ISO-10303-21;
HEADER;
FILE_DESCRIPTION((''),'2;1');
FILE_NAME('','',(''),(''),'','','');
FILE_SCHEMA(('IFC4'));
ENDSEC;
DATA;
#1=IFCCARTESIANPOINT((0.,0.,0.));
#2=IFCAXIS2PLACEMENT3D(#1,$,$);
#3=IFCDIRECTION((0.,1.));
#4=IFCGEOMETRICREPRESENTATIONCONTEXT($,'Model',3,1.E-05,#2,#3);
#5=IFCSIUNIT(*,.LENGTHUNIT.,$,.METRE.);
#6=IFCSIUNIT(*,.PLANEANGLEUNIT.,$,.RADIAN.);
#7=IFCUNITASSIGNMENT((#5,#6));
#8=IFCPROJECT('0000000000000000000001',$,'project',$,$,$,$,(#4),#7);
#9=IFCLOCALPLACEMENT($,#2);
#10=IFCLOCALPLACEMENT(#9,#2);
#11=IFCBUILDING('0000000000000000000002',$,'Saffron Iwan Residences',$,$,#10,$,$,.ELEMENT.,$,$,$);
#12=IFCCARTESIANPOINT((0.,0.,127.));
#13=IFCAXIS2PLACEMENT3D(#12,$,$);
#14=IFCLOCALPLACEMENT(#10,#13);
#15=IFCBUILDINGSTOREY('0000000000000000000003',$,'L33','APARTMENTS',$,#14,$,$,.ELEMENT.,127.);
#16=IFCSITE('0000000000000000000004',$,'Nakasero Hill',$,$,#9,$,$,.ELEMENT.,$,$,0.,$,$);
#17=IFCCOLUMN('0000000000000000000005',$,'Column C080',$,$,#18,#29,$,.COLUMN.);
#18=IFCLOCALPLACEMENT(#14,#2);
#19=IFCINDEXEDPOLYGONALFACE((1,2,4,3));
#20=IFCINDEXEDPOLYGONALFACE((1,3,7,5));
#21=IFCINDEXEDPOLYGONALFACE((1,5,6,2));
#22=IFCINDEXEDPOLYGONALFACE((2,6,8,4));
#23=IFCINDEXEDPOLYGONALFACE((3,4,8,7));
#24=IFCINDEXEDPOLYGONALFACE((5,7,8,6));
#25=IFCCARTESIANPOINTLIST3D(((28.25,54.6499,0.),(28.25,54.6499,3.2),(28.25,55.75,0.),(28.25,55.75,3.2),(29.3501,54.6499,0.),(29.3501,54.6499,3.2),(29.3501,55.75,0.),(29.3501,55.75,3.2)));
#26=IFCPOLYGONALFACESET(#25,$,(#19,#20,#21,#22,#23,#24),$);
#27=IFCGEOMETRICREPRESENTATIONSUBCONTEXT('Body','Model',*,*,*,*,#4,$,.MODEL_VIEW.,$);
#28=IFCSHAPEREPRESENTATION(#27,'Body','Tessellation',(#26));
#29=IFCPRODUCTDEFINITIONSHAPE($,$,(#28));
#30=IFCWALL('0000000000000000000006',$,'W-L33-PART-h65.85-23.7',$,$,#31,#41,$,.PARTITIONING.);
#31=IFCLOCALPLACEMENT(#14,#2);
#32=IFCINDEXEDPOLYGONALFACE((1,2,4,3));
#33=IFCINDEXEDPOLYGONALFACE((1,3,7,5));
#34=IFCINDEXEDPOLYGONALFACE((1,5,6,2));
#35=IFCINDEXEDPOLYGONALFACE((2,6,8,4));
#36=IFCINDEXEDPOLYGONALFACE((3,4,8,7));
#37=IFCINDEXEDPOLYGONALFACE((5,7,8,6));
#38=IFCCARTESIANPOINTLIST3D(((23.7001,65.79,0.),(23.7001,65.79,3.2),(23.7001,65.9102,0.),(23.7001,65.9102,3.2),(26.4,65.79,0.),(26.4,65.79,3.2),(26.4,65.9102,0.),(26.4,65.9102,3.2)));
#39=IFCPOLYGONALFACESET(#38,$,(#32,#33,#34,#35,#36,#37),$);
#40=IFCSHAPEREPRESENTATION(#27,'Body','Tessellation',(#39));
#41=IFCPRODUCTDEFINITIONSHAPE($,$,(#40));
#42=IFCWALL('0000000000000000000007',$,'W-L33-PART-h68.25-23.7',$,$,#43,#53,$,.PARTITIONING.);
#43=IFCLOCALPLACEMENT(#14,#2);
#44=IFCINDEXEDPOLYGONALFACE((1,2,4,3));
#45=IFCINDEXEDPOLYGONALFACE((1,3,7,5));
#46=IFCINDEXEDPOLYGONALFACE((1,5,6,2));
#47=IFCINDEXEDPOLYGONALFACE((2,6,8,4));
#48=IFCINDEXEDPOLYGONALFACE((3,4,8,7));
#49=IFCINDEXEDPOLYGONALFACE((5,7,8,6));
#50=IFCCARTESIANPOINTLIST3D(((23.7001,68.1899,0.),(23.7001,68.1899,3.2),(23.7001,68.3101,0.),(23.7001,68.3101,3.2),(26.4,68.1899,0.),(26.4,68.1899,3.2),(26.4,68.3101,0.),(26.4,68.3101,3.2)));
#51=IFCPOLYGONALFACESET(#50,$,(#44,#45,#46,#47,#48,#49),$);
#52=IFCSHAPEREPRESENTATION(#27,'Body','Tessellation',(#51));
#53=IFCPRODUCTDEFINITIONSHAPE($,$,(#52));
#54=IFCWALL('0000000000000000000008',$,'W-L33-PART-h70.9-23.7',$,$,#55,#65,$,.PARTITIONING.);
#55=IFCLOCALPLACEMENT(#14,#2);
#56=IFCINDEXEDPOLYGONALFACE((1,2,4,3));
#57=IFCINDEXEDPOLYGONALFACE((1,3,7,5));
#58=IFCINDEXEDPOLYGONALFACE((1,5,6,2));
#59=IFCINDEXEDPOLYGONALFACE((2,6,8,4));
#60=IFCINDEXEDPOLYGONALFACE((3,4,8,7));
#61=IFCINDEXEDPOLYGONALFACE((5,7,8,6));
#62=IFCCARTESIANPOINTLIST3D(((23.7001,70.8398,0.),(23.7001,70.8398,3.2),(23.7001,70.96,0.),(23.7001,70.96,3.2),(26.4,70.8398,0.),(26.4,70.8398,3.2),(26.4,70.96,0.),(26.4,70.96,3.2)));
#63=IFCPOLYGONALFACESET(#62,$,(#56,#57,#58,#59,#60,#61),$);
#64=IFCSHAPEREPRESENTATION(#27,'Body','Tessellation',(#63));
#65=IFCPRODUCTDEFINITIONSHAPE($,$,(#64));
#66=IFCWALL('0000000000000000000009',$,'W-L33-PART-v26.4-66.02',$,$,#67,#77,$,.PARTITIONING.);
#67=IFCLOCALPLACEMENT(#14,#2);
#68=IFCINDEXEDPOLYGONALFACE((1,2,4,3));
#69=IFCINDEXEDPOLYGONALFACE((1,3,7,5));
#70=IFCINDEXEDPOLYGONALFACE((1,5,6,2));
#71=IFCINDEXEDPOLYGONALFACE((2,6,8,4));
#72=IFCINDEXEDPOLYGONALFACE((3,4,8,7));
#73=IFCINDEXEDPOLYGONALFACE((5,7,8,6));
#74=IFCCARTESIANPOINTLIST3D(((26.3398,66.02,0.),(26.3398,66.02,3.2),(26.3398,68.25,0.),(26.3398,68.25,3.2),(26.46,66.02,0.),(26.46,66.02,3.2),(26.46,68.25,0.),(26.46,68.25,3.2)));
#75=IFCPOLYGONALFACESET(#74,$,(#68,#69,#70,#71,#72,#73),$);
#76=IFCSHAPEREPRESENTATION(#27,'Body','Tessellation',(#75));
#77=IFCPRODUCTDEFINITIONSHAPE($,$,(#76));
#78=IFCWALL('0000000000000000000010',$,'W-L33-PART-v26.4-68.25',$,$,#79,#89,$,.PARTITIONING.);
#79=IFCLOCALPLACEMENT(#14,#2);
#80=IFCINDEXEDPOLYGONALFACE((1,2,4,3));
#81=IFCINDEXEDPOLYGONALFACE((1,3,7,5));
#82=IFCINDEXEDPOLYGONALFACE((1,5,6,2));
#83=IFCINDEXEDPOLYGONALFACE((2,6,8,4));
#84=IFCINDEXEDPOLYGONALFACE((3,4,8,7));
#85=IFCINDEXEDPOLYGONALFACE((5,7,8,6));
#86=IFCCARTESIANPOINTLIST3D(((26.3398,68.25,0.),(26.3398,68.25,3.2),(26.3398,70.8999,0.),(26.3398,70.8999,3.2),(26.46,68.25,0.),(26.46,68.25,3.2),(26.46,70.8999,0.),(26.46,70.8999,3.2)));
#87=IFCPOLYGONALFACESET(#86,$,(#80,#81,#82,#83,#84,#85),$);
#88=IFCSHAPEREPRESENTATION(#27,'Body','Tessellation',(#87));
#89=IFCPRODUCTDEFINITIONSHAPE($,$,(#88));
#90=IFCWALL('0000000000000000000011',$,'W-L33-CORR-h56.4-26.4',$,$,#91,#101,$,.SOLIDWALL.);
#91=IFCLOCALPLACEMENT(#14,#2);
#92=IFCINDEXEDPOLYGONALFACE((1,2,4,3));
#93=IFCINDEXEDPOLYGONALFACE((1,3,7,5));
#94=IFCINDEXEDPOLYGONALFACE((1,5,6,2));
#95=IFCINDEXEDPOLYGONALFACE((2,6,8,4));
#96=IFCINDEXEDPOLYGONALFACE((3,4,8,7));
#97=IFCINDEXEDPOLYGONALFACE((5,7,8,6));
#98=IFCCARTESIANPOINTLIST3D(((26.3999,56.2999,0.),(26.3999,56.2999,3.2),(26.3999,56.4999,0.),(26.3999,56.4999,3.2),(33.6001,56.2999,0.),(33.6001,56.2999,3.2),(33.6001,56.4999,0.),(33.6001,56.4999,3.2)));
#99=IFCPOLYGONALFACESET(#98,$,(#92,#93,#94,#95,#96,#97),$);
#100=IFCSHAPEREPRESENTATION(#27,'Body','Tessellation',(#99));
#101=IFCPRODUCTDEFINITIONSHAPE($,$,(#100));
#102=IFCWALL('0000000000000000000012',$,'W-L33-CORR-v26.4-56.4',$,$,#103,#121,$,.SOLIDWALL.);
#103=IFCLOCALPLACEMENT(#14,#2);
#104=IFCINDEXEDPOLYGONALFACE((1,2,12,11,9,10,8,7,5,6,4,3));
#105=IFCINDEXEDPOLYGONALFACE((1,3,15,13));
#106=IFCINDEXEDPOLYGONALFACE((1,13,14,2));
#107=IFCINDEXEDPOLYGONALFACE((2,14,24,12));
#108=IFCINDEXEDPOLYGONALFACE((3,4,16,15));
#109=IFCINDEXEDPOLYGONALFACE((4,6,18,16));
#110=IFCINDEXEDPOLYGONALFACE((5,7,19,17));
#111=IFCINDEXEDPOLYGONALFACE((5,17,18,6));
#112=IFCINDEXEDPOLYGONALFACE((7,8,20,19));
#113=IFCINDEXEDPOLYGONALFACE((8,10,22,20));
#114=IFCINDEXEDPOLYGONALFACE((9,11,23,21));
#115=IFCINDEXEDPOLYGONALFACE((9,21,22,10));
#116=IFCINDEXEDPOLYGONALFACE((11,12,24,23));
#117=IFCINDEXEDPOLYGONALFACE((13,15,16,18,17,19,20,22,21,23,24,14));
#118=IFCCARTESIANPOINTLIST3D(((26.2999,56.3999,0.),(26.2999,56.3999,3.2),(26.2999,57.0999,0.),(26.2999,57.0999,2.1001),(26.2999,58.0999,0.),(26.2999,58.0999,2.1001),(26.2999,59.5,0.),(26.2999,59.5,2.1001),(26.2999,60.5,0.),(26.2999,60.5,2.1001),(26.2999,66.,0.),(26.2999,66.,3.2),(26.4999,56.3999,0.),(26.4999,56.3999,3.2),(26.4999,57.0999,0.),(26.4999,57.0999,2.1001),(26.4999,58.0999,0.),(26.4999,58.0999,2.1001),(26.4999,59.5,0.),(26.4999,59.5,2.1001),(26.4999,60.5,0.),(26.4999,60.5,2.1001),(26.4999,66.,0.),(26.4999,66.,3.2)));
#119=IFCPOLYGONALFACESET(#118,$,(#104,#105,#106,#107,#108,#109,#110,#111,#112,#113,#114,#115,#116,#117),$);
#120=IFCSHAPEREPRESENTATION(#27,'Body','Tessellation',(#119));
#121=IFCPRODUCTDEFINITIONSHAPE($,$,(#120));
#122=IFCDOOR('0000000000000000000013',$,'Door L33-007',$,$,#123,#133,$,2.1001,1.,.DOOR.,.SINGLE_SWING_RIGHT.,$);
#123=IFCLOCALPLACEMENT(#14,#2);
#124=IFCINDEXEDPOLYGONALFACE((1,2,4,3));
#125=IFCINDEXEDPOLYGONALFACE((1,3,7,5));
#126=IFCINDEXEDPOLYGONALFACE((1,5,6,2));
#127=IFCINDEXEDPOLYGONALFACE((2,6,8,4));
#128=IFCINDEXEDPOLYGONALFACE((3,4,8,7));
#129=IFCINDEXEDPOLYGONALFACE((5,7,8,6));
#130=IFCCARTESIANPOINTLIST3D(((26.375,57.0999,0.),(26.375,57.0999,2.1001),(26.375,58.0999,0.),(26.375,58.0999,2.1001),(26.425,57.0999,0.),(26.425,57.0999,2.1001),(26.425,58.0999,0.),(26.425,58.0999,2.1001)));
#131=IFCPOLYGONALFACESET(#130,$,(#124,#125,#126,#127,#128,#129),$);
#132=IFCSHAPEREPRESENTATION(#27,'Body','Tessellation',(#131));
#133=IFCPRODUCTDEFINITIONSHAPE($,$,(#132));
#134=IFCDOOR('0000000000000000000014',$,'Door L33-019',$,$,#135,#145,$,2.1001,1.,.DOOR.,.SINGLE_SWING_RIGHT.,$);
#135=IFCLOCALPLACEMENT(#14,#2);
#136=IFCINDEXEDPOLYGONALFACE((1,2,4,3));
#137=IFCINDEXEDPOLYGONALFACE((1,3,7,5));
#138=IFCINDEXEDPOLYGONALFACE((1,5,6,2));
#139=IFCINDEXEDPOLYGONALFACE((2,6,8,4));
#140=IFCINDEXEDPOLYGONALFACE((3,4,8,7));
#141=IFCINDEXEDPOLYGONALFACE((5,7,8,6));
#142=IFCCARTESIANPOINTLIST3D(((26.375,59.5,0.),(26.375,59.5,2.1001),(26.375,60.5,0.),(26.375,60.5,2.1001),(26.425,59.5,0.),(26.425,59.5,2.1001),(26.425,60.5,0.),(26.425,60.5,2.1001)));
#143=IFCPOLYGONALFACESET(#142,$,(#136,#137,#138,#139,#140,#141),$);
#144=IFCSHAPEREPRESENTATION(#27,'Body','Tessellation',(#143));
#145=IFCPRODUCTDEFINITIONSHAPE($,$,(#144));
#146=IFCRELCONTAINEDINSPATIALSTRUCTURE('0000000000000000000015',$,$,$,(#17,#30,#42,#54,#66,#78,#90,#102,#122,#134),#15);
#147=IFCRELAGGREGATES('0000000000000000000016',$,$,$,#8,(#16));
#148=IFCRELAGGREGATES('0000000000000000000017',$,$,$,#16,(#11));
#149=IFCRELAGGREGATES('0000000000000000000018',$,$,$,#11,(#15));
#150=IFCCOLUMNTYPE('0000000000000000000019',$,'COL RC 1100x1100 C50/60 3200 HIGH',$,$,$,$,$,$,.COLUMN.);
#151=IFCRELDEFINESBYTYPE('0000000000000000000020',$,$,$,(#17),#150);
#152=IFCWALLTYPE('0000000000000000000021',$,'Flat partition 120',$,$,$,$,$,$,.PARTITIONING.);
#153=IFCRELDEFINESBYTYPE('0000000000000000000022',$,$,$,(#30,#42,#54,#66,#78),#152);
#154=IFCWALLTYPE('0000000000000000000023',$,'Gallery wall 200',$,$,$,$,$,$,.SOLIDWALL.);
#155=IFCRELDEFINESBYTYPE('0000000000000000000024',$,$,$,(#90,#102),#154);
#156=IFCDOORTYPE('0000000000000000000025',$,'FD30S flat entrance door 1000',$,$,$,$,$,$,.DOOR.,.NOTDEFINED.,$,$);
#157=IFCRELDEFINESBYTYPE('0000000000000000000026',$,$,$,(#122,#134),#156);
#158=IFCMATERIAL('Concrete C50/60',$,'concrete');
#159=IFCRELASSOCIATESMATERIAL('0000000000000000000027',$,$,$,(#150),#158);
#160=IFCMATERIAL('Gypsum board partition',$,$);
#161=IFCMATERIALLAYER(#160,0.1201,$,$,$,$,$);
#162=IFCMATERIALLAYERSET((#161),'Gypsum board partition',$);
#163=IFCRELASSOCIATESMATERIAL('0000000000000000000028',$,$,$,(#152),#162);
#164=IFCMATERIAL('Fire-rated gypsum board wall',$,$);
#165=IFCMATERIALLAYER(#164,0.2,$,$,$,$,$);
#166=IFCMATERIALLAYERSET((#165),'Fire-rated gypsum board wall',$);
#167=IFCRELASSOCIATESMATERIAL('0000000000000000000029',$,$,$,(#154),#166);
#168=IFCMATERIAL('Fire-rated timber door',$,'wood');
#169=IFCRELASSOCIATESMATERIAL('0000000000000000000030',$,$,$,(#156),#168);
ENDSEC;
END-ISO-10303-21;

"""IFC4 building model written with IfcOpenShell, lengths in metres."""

from ifc_helpers import new_model, si_unit, direction, frame, frame_2d, origin, origin_2d, place, context, subcontext, project, spatial, rectangle, extrude, source, transform, mapped, material, layer, layer_set, material_profile, profile_set, type_object, element, fill, save


model = new_model("IFC4")

# Units and contexts
model_context = context("Model", 3, precision=1e-05, world=origin(), true_north=direction((0.0, 1.0)))
body_context = subcontext(model_context, "Body", "Model", "MODEL_VIEW")
ifc_project = project(units=[si_unit("LENGTHUNIT", "METRE"), si_unit("PLANEANGLEUNIT", "RADIAN")], contexts=[model_context])

# Site, building, storey
site_placement = place(None, origin())
site = spatial("IfcSite", under=ifc_project, at=site_placement, Name="Nakasero Hill", CompositionType="ELEMENT", RefElevation=0.0)
building_placement = place(site_placement, origin())
building = spatial("IfcBuilding", under=site, at=building_placement, Name="Saffron Iwan Residences", CompositionType="ELEMENT")
storey_placement = place(building_placement, frame((0.0, 0.0, 127.0)))
storey = spatial("IfcBuildingStorey", under=building, at=storey_placement, Name="L33", Description="APARTMENTS", CompositionType="ELEMENT", Elevation=127.0)

# Column
ifc_material_1 = material(Name="Concrete C50/60", Category="concrete")
ifc_material_profile = material_profile(ifc_material_1, rectangle(XDim=1.1001, YDim=1.1001, at=origin_2d()), Name="RC 1100x1100")
ifc_profile_set = profile_set([ifc_material_profile], Name="Concrete C50/60")
column_type = type_object("IfcColumnType", Name="COL RC 1100x1100 C50/60 3200 HIGH", PredefinedType="COLUMN", material=ifc_profile_set)
shared_shape = source(origin(), body_context, "Body", "SweptSolid", [
    extrude(rectangle(XDim=1.1001, YDim=1.1001, at=origin_2d()), origin(), (0.0, 0.0, 1.0), 3.2),
])
column_placement = place(storey_placement, frame((28.8, 55.2, 0.0), z_axis=(0.0, 0.0, 1.0), x_axis=(1.0, 0.0, 0.0)))
element("IfcColumn", 1, at=column_placement, inside=storey, type_object=column_type, Name="Column C080", PredefinedType="COLUMN", context=body_context, shape_type="MappedRepresentation", body=[
    mapped(shared_shape, transform((0.0, 0.0, 0.0))),
])

# Walls
ifc_material_2 = material(Name="Gypsum board partition")
ifc_layer_1 = layer(ifc_material_2, 0.1201)
ifc_layer_set_1 = layer_set([ifc_layer_1], Name="Gypsum board partition")
wall_type_1 = type_object("IfcWallType", Name="Flat partition 120", PredefinedType="PARTITIONING", material=ifc_layer_set_1)
for number, where, z_axis, x_axis, name in (
    (2, (23.7, 65.8501, 0.0), (0.0, 0.0, 1.0), (1.0, 0.0, 0.0), "W-L33-PART-h65.85-23.7"),
    (3, (23.7, 68.25, 0.0), (0.0, 0.0, 1.0), (1.0, 0.0, 0.0), "W-L33-PART-h68.25-23.7"),
    (4, (23.7, 70.8999, 0.0), (0.0, 0.0, 1.0), (1.0, 0.0, 0.0), "W-L33-PART-h70.9-23.7"),
):
    element("IfcWall", number, at=place(storey_placement, frame(where, z_axis=z_axis, x_axis=x_axis)), inside=storey, type_object=wall_type_1, Name=name, PredefinedType="PARTITIONING", context=body_context, shape_type="SweptSolid", body=[
        extrude(rectangle(XDim=2.7, YDim=0.1201, at=frame_2d((1.3501, 0.0))), origin(), (0.0, 0.0, 1.0), 3.2),
    ])
wall_1_placement = place(storey_placement, frame((26.3999, 66.02, 0.0), z_axis=(0.0, 0.0, 1.0), x_axis=(0.0, 1.0, 0.0)))
element("IfcWall", 5, at=wall_1_placement, inside=storey, type_object=wall_type_1, Name="W-L33-PART-v26.4-66.02", PredefinedType="PARTITIONING", context=body_context, shape_type="SweptSolid", body=[
    extrude(rectangle(XDim=2.23, YDim=0.1201, at=frame_2d((1.115, 0.0))), origin(), (0.0, 0.0, 1.0), 3.2),
])
wall_2_placement = place(storey_placement, frame((26.3999, 68.25, 0.0), z_axis=(0.0, 0.0, 1.0), x_axis=(0.0, 1.0, 0.0)))
element("IfcWall", 6, at=wall_2_placement, inside=storey, type_object=wall_type_1, Name="W-L33-PART-v26.4-68.25", PredefinedType="PARTITIONING", context=body_context, shape_type="SweptSolid", body=[
    extrude(rectangle(XDim=2.6499, YDim=0.1201, at=frame_2d((1.325, 0.0))), origin(), (0.0, 0.0, 1.0), 3.2),
])
ifc_material_3 = material(Name="Fire-rated gypsum board wall")
ifc_layer_2 = layer(ifc_material_3, 0.2)
ifc_layer_set_2 = layer_set([ifc_layer_2], Name="Fire-rated gypsum board wall")
wall_type_2 = type_object("IfcWallType", Name="Gallery wall 200", PredefinedType="SOLIDWALL", material=ifc_layer_set_2)
wall_3_placement = place(storey_placement, frame((26.3999, 56.3999, 0.0), z_axis=(0.0, 0.0, 1.0), x_axis=(1.0, 0.0, 0.0)))
element("IfcWall", 7, at=wall_3_placement, inside=storey, type_object=wall_type_2, Name="W-L33-CORR-h56.4-26.4", PredefinedType="SOLIDWALL", context=body_context, shape_type="SweptSolid", body=[
    extrude(rectangle(XDim=7.2002, YDim=0.2, at=frame_2d((3.6001, 0.0))), origin(), (0.0, 0.0, 1.0), 3.2),
])

# Wall, openings, doors
wall_4_placement = place(storey_placement, frame((26.3999, 56.3999, 0.0), z_axis=(0.0, 0.0, 1.0), x_axis=(0.0, 1.0, 0.0)))
wall_4 = element("IfcWall", 8, at=wall_4_placement, inside=storey, type_object=wall_type_2, Name="W-L33-CORR-v26.4-56.4", PredefinedType="SOLIDWALL", context=body_context, shape_type="SweptSolid", body=[
    extrude(rectangle(XDim=9.6001, YDim=0.2, at=frame_2d((4.8, 0.0))), origin(), (0.0, 0.0, 1.0), 3.2),
])
opening_1_placement = place(wall_4_placement, frame((0.7, 0.0, 0.0)))
opening_1 = element("IfcOpeningElement", 9, at=opening_1_placement, cuts=wall_4, PredefinedType="OPENING", context=body_context, shape_type="SweptSolid", body=[
    extrude(rectangle(XDim=1.0, YDim=2.1001, at=frame_2d((0.5, 1.05))), frame((0.0, 0.1099, 0.0), z_axis=(0.0, -1.0, 0.0), x_axis=(1.0, 0.0, 0.0)), (0.0, 0.0, 1.0), 0.22),
])
opening_2_placement = place(wall_4_placement, frame((3.1001, 0.0, 0.0)))
opening_2 = element("IfcOpeningElement", 10, at=opening_2_placement, cuts=wall_4, PredefinedType="OPENING", context=body_context, shape_type="SweptSolid", body=[
    extrude(rectangle(XDim=1.0, YDim=2.1001, at=frame_2d((0.5, 1.05))), frame((0.0, 0.1099, 0.0), z_axis=(0.0, -1.0, 0.0), x_axis=(1.0, 0.0, 0.0)), (0.0, 0.0, 1.0), 0.22),
])
ifc_material_4 = material(Name="Fire-rated timber door", Category="wood")
door_type_1 = type_object("IfcDoorType", Name="FD30S flat entrance door 1000", OperationType="NOTDEFINED", PredefinedType="DOOR", material=ifc_material_4)
door_1_placement = place(opening_1_placement, origin())
door_1 = element("IfcDoor", 11, at=door_1_placement, inside=storey, type_object=door_type_1, Name="Door L33-007", OperationType="SINGLE_SWING_RIGHT", OverallHeight=2.1001, OverallWidth=1.0, PredefinedType="DOOR", context=body_context, shape_type="SweptSolid", body=[
    extrude(rectangle(XDim=1.0, YDim=2.1001, at=frame_2d((0.5, 1.05))), frame((0.0, 0.0249, 0.0), z_axis=(0.0, -1.0, 0.0), x_axis=(1.0, 0.0, 0.0)), (0.0, 0.0, 1.0), 0.05),
])
fill(opening_1, door_1)
door_2_placement = place(opening_2_placement, origin())
door_2 = element("IfcDoor", 12, at=door_2_placement, inside=storey, type_object=door_type_1, Name="Door L33-019", OperationType="SINGLE_SWING_RIGHT", OverallHeight=2.1001, OverallWidth=1.0, PredefinedType="DOOR", context=body_context, shape_type="SweptSolid", body=[
    extrude(rectangle(XDim=1.0, YDim=2.1001, at=frame_2d((0.5, 1.05))), frame((0.0, 0.0249, 0.0), z_axis=(0.0, -1.0, 0.0), x_axis=(1.0, 0.0, 0.0)), (0.0, 0.0, 1.0), 0.05),
])
fill(opening_2, door_2)

save(model, "model.ifc")
